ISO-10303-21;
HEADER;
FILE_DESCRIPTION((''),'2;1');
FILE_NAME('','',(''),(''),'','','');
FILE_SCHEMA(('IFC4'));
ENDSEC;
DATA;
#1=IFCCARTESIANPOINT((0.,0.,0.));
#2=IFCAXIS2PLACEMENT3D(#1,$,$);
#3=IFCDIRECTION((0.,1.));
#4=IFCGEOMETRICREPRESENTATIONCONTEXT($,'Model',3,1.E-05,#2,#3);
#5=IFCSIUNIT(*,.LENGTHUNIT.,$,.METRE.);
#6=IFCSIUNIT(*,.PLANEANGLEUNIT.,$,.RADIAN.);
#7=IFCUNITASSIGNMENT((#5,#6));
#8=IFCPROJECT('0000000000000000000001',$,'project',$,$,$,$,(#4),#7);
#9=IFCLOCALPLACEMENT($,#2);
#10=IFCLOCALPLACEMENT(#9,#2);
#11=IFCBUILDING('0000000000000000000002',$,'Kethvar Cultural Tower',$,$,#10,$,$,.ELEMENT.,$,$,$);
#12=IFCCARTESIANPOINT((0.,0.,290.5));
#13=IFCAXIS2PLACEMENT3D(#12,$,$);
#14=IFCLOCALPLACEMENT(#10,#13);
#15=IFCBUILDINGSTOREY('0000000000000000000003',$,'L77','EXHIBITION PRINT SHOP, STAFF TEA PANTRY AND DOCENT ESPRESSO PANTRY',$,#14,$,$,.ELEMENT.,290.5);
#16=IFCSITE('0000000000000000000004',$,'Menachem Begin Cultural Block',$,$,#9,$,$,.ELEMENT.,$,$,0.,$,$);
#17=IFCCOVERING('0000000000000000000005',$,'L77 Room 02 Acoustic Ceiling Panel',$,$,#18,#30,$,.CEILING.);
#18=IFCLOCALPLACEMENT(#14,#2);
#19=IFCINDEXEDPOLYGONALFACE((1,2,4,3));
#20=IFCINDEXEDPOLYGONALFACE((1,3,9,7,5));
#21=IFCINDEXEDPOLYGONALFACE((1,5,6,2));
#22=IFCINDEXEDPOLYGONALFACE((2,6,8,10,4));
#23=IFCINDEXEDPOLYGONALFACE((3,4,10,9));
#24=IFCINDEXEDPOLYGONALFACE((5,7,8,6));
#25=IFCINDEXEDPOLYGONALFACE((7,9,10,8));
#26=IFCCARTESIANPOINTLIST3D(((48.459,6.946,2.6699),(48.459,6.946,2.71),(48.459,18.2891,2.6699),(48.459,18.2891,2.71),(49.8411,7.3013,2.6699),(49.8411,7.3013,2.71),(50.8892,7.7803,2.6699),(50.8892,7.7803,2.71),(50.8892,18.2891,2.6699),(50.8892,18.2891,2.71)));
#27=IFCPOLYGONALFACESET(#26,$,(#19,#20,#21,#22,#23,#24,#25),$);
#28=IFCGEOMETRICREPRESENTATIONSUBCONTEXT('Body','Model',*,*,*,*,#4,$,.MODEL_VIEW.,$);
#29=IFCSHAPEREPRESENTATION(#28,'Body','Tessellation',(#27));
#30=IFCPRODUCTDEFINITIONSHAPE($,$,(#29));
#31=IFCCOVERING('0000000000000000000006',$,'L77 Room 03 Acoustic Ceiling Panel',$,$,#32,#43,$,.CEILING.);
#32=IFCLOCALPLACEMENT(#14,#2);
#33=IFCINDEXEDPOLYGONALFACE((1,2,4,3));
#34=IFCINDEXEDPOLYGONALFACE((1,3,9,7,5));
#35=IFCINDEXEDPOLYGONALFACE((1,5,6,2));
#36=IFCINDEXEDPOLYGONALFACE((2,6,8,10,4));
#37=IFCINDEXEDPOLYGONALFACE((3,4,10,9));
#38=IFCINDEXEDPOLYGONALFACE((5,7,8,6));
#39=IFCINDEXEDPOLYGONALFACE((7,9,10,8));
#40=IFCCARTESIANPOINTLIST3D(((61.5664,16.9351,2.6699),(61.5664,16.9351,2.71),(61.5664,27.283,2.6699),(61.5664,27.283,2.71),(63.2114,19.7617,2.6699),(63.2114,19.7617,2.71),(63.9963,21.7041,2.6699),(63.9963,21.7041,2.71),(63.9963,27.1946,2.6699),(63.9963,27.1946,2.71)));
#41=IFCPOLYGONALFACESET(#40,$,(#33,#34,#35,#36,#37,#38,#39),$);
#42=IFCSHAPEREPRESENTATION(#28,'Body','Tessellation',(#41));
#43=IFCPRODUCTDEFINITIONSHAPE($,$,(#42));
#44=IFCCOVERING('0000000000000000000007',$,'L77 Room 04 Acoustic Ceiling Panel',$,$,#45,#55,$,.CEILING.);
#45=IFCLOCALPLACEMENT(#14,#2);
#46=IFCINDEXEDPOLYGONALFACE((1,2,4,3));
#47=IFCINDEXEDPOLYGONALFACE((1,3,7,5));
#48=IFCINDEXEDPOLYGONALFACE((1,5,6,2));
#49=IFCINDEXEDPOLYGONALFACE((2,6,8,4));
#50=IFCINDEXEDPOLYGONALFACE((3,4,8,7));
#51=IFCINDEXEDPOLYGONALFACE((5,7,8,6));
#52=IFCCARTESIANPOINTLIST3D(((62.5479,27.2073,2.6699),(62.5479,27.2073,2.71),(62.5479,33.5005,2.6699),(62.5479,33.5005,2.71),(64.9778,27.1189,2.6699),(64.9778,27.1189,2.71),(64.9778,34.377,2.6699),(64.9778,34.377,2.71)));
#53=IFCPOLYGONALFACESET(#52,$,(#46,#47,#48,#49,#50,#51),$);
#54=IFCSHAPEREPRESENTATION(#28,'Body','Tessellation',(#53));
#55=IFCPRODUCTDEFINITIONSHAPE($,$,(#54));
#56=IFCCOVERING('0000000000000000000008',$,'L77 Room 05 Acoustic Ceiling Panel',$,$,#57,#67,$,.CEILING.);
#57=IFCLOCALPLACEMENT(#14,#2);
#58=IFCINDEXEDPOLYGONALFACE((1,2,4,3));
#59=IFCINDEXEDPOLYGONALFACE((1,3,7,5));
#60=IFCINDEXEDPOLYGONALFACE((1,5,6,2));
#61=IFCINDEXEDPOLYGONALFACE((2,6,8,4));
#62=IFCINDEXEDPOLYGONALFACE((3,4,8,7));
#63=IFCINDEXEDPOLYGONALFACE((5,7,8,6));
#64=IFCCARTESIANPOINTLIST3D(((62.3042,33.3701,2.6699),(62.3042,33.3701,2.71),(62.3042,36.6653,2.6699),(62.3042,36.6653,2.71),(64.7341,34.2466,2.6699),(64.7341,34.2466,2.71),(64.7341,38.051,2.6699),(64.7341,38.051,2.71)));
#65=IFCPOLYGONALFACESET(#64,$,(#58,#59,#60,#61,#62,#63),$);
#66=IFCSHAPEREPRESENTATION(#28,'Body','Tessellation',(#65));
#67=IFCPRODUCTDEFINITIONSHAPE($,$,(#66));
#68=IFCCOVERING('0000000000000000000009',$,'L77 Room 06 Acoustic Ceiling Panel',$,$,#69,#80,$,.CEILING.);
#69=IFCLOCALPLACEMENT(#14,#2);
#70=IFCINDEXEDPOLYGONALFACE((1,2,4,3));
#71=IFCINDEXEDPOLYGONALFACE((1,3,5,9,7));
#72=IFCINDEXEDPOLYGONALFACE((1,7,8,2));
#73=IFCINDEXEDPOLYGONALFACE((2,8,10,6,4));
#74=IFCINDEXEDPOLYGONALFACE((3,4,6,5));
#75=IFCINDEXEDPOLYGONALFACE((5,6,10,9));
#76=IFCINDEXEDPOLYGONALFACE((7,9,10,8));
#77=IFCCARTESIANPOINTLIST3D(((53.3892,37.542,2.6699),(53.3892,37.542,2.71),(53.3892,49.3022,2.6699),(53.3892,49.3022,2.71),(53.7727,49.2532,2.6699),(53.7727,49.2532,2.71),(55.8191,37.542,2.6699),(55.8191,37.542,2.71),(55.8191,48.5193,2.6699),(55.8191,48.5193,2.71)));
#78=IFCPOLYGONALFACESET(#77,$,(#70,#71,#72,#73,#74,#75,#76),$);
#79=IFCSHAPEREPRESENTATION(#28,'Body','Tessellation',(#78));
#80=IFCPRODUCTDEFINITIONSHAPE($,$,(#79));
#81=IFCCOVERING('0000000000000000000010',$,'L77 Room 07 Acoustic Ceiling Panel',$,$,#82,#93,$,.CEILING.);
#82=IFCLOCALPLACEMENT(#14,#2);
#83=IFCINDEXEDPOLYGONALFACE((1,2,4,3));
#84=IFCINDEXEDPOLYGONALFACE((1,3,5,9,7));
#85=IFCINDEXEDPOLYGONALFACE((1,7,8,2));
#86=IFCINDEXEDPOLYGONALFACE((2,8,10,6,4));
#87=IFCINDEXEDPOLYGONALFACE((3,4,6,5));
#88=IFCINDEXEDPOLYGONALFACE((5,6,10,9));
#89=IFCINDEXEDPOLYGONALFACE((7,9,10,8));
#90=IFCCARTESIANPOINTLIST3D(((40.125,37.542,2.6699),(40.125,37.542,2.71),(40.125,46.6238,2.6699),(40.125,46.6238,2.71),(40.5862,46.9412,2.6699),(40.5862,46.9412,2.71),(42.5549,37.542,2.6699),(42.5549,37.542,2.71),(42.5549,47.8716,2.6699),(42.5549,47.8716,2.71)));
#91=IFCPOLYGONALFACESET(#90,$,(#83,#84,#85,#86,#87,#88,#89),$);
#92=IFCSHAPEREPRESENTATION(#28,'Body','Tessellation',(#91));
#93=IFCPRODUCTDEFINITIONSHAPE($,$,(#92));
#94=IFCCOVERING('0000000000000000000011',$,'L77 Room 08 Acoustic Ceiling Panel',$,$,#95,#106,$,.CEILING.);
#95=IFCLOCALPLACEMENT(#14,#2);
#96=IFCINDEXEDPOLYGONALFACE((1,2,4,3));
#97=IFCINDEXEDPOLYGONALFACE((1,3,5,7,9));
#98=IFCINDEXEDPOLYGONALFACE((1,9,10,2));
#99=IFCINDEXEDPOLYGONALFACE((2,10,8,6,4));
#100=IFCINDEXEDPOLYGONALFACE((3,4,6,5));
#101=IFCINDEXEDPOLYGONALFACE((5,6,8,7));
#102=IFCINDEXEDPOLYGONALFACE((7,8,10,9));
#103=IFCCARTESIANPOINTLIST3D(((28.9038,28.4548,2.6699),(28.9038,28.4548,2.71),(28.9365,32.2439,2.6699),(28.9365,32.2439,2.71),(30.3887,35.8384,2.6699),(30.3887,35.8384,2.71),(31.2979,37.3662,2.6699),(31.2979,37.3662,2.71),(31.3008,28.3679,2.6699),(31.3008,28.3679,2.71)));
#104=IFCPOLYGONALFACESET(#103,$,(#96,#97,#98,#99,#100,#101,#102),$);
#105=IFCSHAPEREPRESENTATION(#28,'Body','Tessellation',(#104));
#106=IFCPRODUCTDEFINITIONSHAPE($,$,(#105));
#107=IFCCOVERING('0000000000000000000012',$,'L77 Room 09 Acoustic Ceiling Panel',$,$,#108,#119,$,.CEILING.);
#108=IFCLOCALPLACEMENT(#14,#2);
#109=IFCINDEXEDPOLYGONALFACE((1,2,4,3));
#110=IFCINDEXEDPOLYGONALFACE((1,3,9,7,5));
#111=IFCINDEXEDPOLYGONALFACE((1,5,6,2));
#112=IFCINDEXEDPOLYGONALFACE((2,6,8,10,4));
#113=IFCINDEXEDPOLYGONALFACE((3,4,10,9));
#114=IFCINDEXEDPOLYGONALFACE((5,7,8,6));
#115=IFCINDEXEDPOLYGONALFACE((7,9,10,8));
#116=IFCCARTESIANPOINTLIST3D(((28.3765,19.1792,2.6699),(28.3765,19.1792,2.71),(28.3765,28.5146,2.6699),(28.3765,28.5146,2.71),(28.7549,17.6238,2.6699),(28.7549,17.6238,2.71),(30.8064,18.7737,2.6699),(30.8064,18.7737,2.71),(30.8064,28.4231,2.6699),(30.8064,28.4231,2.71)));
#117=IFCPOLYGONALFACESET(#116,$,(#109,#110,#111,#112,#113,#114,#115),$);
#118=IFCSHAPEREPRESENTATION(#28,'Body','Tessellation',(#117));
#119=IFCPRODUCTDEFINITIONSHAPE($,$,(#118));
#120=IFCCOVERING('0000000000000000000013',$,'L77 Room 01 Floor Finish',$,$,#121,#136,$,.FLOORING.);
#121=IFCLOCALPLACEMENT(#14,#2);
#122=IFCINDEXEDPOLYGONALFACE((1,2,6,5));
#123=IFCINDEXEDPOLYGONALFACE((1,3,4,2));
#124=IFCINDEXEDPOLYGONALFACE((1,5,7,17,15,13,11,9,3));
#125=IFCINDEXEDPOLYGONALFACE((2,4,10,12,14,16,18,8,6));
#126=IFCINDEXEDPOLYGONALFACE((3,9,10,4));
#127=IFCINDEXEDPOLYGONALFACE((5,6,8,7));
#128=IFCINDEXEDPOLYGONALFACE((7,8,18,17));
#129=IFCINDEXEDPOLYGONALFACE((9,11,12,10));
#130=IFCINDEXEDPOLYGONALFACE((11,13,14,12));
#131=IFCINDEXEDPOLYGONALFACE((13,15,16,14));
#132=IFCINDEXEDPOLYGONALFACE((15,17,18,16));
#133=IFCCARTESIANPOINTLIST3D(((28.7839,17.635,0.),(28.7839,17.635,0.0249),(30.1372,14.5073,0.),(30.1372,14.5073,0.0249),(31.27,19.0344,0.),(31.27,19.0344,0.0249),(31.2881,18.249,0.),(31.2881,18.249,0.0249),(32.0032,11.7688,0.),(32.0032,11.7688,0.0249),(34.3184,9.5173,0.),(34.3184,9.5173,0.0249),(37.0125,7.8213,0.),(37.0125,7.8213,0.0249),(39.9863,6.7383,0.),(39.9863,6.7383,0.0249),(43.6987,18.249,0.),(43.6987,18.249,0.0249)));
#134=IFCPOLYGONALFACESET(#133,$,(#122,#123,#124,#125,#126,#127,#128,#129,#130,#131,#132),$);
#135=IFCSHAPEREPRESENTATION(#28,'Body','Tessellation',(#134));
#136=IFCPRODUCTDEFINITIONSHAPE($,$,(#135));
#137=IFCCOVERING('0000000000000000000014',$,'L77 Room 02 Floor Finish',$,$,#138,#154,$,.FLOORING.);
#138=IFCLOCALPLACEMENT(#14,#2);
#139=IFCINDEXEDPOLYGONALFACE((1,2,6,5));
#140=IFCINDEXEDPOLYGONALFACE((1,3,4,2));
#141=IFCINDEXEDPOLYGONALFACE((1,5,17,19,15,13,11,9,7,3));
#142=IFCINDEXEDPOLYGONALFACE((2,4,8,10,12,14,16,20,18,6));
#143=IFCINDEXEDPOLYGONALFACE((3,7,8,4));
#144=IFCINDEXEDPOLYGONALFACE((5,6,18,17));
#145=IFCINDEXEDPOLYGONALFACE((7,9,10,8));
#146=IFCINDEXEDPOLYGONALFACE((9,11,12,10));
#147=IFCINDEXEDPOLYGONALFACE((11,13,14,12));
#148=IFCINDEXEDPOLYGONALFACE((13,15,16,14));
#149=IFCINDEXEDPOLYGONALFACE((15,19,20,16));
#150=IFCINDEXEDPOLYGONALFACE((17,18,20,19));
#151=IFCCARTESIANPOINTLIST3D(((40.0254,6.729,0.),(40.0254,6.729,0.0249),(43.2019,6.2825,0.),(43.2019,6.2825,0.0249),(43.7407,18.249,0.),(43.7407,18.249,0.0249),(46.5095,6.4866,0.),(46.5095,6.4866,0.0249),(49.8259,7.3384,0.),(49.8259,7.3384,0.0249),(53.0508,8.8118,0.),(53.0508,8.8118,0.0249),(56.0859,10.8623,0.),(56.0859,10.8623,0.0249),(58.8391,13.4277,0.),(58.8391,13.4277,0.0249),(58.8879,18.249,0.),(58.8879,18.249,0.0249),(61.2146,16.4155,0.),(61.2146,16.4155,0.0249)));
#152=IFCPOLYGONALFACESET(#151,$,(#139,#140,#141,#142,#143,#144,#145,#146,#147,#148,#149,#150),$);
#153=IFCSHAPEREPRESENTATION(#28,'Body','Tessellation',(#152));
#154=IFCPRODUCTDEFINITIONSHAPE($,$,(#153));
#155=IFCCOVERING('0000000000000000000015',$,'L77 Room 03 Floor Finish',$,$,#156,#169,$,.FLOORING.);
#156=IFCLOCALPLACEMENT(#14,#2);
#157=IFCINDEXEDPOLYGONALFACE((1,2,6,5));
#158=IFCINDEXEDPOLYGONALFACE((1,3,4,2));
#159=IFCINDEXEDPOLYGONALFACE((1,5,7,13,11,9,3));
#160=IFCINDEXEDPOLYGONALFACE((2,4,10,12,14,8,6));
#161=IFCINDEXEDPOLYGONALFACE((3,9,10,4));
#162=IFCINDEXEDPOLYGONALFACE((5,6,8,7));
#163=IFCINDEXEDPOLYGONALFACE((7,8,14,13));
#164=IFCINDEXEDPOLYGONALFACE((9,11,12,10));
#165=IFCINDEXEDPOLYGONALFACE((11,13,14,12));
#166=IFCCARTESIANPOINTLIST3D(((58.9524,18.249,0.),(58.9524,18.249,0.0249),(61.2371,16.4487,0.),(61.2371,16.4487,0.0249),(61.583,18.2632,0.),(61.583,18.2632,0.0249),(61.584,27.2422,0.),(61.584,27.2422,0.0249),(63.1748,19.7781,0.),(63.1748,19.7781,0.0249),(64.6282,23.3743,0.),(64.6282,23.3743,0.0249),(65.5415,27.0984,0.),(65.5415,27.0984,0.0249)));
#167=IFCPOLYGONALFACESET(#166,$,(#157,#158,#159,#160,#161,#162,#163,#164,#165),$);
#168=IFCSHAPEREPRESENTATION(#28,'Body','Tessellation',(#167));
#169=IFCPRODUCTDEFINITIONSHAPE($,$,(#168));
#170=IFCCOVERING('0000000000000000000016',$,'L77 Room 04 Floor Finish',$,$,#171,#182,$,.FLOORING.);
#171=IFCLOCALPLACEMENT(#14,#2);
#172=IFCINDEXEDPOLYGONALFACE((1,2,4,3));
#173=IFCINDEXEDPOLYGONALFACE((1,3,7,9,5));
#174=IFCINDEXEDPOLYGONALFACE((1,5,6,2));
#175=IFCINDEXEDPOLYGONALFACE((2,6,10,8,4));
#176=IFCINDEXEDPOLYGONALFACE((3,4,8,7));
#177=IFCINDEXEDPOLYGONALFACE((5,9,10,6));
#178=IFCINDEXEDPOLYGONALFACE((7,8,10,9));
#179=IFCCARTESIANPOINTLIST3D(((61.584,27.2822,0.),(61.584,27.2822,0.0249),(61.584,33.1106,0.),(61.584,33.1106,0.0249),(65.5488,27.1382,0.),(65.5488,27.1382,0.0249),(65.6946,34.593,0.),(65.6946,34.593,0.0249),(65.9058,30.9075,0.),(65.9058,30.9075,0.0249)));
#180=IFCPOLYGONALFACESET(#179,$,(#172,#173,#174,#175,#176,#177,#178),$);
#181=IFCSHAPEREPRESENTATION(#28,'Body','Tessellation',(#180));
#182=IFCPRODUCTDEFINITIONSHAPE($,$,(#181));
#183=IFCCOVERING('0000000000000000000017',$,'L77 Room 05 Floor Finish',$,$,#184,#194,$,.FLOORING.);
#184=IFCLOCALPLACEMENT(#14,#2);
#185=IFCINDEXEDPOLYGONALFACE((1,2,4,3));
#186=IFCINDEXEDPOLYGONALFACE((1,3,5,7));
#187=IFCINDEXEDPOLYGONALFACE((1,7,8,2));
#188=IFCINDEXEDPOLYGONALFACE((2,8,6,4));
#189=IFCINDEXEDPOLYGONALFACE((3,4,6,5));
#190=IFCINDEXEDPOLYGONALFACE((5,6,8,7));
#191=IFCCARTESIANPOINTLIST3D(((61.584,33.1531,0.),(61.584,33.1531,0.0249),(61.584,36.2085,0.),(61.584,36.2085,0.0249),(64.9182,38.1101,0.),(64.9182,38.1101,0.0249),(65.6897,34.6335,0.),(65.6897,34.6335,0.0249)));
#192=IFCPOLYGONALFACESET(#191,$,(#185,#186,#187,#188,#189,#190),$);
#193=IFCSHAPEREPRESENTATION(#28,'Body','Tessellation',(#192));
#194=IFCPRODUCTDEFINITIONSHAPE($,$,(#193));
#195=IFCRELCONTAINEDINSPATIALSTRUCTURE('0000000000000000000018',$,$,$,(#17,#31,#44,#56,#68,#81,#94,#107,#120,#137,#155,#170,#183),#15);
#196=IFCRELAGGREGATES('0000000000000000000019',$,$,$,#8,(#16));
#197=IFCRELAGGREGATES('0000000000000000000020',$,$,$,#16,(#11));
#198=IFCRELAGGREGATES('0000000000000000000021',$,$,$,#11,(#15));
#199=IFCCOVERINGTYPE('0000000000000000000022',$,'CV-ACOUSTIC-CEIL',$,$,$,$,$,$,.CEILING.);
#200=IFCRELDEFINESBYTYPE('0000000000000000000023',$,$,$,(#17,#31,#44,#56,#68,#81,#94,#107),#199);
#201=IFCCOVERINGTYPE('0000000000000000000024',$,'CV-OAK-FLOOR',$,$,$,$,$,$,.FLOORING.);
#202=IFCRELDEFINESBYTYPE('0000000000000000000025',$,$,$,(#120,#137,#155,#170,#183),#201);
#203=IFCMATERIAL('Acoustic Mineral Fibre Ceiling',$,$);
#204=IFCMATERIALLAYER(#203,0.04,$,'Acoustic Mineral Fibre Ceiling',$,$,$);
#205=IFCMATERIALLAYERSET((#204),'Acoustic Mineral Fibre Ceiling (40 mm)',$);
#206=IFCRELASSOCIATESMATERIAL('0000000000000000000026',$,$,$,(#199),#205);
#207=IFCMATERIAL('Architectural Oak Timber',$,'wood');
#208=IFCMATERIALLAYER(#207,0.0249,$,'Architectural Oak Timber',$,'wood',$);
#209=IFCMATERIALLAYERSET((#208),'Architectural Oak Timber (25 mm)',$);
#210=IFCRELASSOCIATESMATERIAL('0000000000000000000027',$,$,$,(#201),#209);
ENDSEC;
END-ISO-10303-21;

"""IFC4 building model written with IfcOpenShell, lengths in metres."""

from ifc_helpers import new_model, si_unit, direction, frame, origin, place, context, subcontext, project, spatial, polyline, outline, extrude, material, layer, layer_set, type_object, element, save


model = new_model("IFC4")

# Units and contexts
model_context = context("Model", 3, precision=1e-05, world=origin(), true_north=direction((0.0, 1.0)))
body_context = subcontext(model_context, "Body", "Model", "MODEL_VIEW")
ifc_project = project(units=[si_unit("LENGTHUNIT", "METRE"), si_unit("PLANEANGLEUNIT", "RADIAN")], contexts=[model_context])

# Site, building, storey
site_placement = place(None, origin())
site = spatial("IfcSite", under=ifc_project, at=site_placement, Name="Menachem Begin Cultural Block", CompositionType="ELEMENT", RefElevation=0.0)
building_placement = place(site_placement, origin())
building = spatial("IfcBuilding", under=site, at=building_placement, Name="Kethvar Cultural Tower", CompositionType="ELEMENT")
storey_placement = place(building_placement, frame((0.0, 0.0, 290.5)))
storey = spatial("IfcBuildingStorey", under=building, at=storey_placement, Name="L77", Description="EXHIBITION PRINT SHOP, STAFF TEA PANTRY AND DOCENT ESPRESSO PANTRY", CompositionType="ELEMENT", Elevation=290.5)

# Coverings
ifc_material_1 = material(Name="Acoustic Mineral Fibre Ceiling")
ifc_layer_1 = layer(ifc_material_1, 0.04, Name="Acoustic Mineral Fibre Ceiling")
ifc_layer_set_1 = layer_set([ifc_layer_1], Name="Acoustic Mineral Fibre Ceiling (40 mm)")
covering_type_1 = type_object("IfcCoveringType", Name="CV-ACOUSTIC-CEIL", PredefinedType="CEILING", material=ifc_layer_set_1)
covering_1_placement = place(storey_placement, frame((0.0, 0.0, 2.6699)))
element("IfcCovering", 1, at=covering_1_placement, inside=storey, type_object=covering_type_1, Name="L77 Room 02 Acoustic Ceiling Panel", PredefinedType="CEILING", context=body_context, shape_type="SweptSolid", body=[
    extrude(outline(polyline([(49.8411, 7.3013), (48.459, 6.946), (48.459, 18.2891), (50.8892, 18.2891), (50.8892, 7.7803), (49.8411, 7.3013)])), origin(), (0.0, 0.0, 1.0), 0.04),
])
covering_2_placement = place(storey_placement, frame((0.0, 0.0, 2.6699)))
element("IfcCovering", 2, at=covering_2_placement, inside=storey, type_object=covering_type_1, Name="L77 Room 03 Acoustic Ceiling Panel", PredefinedType="CEILING", context=body_context, shape_type="SweptSolid", body=[
    extrude(outline(polyline([(63.2114, 19.7617), (61.5664, 16.9351), (61.5664, 27.283), (63.9963, 27.1946), (63.9963, 21.7041), (63.2114, 19.7617)])), origin(), (0.0, 0.0, 1.0), 0.04),
])
covering_3_placement = place(storey_placement, frame((0.0, 0.0, 2.6699)))
element("IfcCovering", 3, at=covering_3_placement, inside=storey, type_object=covering_type_1, Name="L77 Room 04 Acoustic Ceiling Panel", PredefinedType="CEILING", context=body_context, shape_type="SweptSolid", body=[
    extrude(outline(polyline([(62.5479, 27.2073), (62.5479, 33.5005), (64.9778, 34.377), (64.9778, 27.1189), (62.5479, 27.2073)])), origin(), (0.0, 0.0, 1.0), 0.04),
])
covering_4_placement = place(storey_placement, frame((0.0, 0.0, 2.6699)))
element("IfcCovering", 4, at=covering_4_placement, inside=storey, type_object=covering_type_1, Name="L77 Room 05 Acoustic Ceiling Panel", PredefinedType="CEILING", context=body_context, shape_type="SweptSolid", body=[
    extrude(outline(polyline([(62.3042, 33.3701), (62.3042, 36.6653), (64.7341, 38.051), (64.7341, 34.2466), (62.3042, 33.3701)])), origin(), (0.0, 0.0, 1.0), 0.04),
])
covering_5_placement = place(storey_placement, frame((0.0, 0.0, 2.6699)))
element("IfcCovering", 5, at=covering_5_placement, inside=storey, type_object=covering_type_1, Name="L77 Room 06 Acoustic Ceiling Panel", PredefinedType="CEILING", context=body_context, shape_type="SweptSolid", body=[
    extrude(outline(polyline([(53.7727, 49.2532), (55.8191, 48.5193), (55.8191, 37.542), (53.3892, 37.542), (53.3892, 49.3022), (53.7727, 49.2532)])), origin(), (0.0, 0.0, 1.0), 0.04),
])
covering_6_placement = place(storey_placement, frame((0.0, 0.0, 2.6699)))
element("IfcCovering", 6, at=covering_6_placement, inside=storey, type_object=covering_type_1, Name="L77 Room 07 Acoustic Ceiling Panel", PredefinedType="CEILING", context=body_context, shape_type="SweptSolid", body=[
    extrude(outline(polyline([(40.5862, 46.9412), (42.5549, 47.8716), (42.5549, 37.542), (40.125, 37.542), (40.125, 46.6238), (40.5862, 46.9412)])), origin(), (0.0, 0.0, 1.0), 0.04),
])
covering_7_placement = place(storey_placement, frame((0.0, 0.0, 2.6699)))
element("IfcCovering", 7, at=covering_7_placement, inside=storey, type_object=covering_type_1, Name="L77 Room 08 Acoustic Ceiling Panel", PredefinedType="CEILING", context=body_context, shape_type="SweptSolid", body=[
    extrude(outline(polyline([(28.9365, 32.2439), (30.3887, 35.8384), (31.2979, 37.3662), (31.3008, 28.3679), (28.9038, 28.4548), (28.9365, 32.2439)])), origin(), (0.0, 0.0, 1.0), 0.04),
])
covering_8_placement = place(storey_placement, frame((0.0, 0.0, 2.6699)))
element("IfcCovering", 8, at=covering_8_placement, inside=storey, type_object=covering_type_1, Name="L77 Room 09 Acoustic Ceiling Panel", PredefinedType="CEILING", context=body_context, shape_type="SweptSolid", body=[
    extrude(outline(polyline([(30.8064, 28.4231), (30.8064, 18.7737), (28.7549, 17.6238), (28.3765, 19.1792), (28.3765, 28.5146), (30.8064, 28.4231)])), origin(), (0.0, 0.0, 1.0), 0.04),
])
ifc_material_2 = material(Name="Architectural Oak Timber", Category="wood")
ifc_layer_2 = layer(ifc_material_2, 0.0249, Name="Architectural Oak Timber", Category="wood")
ifc_layer_set_2 = layer_set([ifc_layer_2], Name="Architectural Oak Timber (25 mm)")
covering_type_2 = type_object("IfcCoveringType", Name="CV-OAK-FLOOR", PredefinedType="FLOORING", material=ifc_layer_set_2)
covering_9_placement = place(storey_placement, origin())
element("IfcCovering", 9, at=covering_9_placement, inside=storey, type_object=covering_type_2, Name="L77 Room 01 Floor Finish", PredefinedType="FLOORING", context=body_context, shape_type="SweptSolid", body=[
    extrude(outline(polyline([(37.0125, 7.8213), (34.3184, 9.5173), (32.0032, 11.7688), (30.1372, 14.5073), (28.7839, 17.635), (31.27, 19.0344), (31.2881, 18.249), (43.6987, 18.249), (39.9863, 6.7383), (37.0125, 7.8213)])), origin(), (0.0, 0.0, 1.0), 0.0249),
])
covering_10_placement = place(storey_placement, origin())
element("IfcCovering", 10, at=covering_10_placement, inside=storey, type_object=covering_type_2, Name="L77 Room 02 Floor Finish", PredefinedType="FLOORING", context=body_context, shape_type="SweptSolid", body=[
    extrude(outline(polyline([(58.8391, 13.4277), (56.0859, 10.8623), (53.0508, 8.8118), (49.8259, 7.3384), (46.5095, 6.4866), (43.2019, 6.2825), (40.0254, 6.729), (43.7407, 18.249), (58.8879, 18.249), (61.2146, 16.4155), (58.8391, 13.4277)])), origin(), (0.0, 0.0, 1.0), 0.0249),
])
covering_11_placement = place(storey_placement, origin())
element("IfcCovering", 11, at=covering_11_placement, inside=storey, type_object=covering_type_2, Name="L77 Room 03 Floor Finish", PredefinedType="FLOORING", context=body_context, shape_type="SweptSolid", body=[
    extrude(outline(polyline([(64.6282, 23.3743), (63.1748, 19.7781), (61.2371, 16.4487), (58.9524, 18.249), (61.583, 18.2632), (61.584, 27.2422), (65.5415, 27.0984), (64.6282, 23.3743)])), origin(), (0.0, 0.0, 1.0), 0.0249),
])
covering_12_placement = place(storey_placement, origin())
element("IfcCovering", 12, at=covering_12_placement, inside=storey, type_object=covering_type_2, Name="L77 Room 04 Floor Finish", PredefinedType="FLOORING", context=body_context, shape_type="SweptSolid", body=[
    extrude(outline(polyline([(65.9058, 30.9075), (65.5488, 27.1382), (61.584, 27.2822), (61.584, 33.1106), (65.6946, 34.593), (65.9058, 30.9075)])), origin(), (0.0, 0.0, 1.0), 0.0249),
])
covering_13_placement = place(storey_placement, origin())
element("IfcCovering", 13, at=covering_13_placement, inside=storey, type_object=covering_type_2, Name="L77 Room 05 Floor Finish", PredefinedType="FLOORING", context=body_context, shape_type="SweptSolid", body=[
    extrude(outline(polyline([(65.6897, 34.6335), (61.584, 33.1531), (61.584, 36.2085), (64.9182, 38.1101), (65.6897, 34.6335)])), origin(), (0.0, 0.0, 1.0), 0.0249),
])

save(model, "model.ifc")
